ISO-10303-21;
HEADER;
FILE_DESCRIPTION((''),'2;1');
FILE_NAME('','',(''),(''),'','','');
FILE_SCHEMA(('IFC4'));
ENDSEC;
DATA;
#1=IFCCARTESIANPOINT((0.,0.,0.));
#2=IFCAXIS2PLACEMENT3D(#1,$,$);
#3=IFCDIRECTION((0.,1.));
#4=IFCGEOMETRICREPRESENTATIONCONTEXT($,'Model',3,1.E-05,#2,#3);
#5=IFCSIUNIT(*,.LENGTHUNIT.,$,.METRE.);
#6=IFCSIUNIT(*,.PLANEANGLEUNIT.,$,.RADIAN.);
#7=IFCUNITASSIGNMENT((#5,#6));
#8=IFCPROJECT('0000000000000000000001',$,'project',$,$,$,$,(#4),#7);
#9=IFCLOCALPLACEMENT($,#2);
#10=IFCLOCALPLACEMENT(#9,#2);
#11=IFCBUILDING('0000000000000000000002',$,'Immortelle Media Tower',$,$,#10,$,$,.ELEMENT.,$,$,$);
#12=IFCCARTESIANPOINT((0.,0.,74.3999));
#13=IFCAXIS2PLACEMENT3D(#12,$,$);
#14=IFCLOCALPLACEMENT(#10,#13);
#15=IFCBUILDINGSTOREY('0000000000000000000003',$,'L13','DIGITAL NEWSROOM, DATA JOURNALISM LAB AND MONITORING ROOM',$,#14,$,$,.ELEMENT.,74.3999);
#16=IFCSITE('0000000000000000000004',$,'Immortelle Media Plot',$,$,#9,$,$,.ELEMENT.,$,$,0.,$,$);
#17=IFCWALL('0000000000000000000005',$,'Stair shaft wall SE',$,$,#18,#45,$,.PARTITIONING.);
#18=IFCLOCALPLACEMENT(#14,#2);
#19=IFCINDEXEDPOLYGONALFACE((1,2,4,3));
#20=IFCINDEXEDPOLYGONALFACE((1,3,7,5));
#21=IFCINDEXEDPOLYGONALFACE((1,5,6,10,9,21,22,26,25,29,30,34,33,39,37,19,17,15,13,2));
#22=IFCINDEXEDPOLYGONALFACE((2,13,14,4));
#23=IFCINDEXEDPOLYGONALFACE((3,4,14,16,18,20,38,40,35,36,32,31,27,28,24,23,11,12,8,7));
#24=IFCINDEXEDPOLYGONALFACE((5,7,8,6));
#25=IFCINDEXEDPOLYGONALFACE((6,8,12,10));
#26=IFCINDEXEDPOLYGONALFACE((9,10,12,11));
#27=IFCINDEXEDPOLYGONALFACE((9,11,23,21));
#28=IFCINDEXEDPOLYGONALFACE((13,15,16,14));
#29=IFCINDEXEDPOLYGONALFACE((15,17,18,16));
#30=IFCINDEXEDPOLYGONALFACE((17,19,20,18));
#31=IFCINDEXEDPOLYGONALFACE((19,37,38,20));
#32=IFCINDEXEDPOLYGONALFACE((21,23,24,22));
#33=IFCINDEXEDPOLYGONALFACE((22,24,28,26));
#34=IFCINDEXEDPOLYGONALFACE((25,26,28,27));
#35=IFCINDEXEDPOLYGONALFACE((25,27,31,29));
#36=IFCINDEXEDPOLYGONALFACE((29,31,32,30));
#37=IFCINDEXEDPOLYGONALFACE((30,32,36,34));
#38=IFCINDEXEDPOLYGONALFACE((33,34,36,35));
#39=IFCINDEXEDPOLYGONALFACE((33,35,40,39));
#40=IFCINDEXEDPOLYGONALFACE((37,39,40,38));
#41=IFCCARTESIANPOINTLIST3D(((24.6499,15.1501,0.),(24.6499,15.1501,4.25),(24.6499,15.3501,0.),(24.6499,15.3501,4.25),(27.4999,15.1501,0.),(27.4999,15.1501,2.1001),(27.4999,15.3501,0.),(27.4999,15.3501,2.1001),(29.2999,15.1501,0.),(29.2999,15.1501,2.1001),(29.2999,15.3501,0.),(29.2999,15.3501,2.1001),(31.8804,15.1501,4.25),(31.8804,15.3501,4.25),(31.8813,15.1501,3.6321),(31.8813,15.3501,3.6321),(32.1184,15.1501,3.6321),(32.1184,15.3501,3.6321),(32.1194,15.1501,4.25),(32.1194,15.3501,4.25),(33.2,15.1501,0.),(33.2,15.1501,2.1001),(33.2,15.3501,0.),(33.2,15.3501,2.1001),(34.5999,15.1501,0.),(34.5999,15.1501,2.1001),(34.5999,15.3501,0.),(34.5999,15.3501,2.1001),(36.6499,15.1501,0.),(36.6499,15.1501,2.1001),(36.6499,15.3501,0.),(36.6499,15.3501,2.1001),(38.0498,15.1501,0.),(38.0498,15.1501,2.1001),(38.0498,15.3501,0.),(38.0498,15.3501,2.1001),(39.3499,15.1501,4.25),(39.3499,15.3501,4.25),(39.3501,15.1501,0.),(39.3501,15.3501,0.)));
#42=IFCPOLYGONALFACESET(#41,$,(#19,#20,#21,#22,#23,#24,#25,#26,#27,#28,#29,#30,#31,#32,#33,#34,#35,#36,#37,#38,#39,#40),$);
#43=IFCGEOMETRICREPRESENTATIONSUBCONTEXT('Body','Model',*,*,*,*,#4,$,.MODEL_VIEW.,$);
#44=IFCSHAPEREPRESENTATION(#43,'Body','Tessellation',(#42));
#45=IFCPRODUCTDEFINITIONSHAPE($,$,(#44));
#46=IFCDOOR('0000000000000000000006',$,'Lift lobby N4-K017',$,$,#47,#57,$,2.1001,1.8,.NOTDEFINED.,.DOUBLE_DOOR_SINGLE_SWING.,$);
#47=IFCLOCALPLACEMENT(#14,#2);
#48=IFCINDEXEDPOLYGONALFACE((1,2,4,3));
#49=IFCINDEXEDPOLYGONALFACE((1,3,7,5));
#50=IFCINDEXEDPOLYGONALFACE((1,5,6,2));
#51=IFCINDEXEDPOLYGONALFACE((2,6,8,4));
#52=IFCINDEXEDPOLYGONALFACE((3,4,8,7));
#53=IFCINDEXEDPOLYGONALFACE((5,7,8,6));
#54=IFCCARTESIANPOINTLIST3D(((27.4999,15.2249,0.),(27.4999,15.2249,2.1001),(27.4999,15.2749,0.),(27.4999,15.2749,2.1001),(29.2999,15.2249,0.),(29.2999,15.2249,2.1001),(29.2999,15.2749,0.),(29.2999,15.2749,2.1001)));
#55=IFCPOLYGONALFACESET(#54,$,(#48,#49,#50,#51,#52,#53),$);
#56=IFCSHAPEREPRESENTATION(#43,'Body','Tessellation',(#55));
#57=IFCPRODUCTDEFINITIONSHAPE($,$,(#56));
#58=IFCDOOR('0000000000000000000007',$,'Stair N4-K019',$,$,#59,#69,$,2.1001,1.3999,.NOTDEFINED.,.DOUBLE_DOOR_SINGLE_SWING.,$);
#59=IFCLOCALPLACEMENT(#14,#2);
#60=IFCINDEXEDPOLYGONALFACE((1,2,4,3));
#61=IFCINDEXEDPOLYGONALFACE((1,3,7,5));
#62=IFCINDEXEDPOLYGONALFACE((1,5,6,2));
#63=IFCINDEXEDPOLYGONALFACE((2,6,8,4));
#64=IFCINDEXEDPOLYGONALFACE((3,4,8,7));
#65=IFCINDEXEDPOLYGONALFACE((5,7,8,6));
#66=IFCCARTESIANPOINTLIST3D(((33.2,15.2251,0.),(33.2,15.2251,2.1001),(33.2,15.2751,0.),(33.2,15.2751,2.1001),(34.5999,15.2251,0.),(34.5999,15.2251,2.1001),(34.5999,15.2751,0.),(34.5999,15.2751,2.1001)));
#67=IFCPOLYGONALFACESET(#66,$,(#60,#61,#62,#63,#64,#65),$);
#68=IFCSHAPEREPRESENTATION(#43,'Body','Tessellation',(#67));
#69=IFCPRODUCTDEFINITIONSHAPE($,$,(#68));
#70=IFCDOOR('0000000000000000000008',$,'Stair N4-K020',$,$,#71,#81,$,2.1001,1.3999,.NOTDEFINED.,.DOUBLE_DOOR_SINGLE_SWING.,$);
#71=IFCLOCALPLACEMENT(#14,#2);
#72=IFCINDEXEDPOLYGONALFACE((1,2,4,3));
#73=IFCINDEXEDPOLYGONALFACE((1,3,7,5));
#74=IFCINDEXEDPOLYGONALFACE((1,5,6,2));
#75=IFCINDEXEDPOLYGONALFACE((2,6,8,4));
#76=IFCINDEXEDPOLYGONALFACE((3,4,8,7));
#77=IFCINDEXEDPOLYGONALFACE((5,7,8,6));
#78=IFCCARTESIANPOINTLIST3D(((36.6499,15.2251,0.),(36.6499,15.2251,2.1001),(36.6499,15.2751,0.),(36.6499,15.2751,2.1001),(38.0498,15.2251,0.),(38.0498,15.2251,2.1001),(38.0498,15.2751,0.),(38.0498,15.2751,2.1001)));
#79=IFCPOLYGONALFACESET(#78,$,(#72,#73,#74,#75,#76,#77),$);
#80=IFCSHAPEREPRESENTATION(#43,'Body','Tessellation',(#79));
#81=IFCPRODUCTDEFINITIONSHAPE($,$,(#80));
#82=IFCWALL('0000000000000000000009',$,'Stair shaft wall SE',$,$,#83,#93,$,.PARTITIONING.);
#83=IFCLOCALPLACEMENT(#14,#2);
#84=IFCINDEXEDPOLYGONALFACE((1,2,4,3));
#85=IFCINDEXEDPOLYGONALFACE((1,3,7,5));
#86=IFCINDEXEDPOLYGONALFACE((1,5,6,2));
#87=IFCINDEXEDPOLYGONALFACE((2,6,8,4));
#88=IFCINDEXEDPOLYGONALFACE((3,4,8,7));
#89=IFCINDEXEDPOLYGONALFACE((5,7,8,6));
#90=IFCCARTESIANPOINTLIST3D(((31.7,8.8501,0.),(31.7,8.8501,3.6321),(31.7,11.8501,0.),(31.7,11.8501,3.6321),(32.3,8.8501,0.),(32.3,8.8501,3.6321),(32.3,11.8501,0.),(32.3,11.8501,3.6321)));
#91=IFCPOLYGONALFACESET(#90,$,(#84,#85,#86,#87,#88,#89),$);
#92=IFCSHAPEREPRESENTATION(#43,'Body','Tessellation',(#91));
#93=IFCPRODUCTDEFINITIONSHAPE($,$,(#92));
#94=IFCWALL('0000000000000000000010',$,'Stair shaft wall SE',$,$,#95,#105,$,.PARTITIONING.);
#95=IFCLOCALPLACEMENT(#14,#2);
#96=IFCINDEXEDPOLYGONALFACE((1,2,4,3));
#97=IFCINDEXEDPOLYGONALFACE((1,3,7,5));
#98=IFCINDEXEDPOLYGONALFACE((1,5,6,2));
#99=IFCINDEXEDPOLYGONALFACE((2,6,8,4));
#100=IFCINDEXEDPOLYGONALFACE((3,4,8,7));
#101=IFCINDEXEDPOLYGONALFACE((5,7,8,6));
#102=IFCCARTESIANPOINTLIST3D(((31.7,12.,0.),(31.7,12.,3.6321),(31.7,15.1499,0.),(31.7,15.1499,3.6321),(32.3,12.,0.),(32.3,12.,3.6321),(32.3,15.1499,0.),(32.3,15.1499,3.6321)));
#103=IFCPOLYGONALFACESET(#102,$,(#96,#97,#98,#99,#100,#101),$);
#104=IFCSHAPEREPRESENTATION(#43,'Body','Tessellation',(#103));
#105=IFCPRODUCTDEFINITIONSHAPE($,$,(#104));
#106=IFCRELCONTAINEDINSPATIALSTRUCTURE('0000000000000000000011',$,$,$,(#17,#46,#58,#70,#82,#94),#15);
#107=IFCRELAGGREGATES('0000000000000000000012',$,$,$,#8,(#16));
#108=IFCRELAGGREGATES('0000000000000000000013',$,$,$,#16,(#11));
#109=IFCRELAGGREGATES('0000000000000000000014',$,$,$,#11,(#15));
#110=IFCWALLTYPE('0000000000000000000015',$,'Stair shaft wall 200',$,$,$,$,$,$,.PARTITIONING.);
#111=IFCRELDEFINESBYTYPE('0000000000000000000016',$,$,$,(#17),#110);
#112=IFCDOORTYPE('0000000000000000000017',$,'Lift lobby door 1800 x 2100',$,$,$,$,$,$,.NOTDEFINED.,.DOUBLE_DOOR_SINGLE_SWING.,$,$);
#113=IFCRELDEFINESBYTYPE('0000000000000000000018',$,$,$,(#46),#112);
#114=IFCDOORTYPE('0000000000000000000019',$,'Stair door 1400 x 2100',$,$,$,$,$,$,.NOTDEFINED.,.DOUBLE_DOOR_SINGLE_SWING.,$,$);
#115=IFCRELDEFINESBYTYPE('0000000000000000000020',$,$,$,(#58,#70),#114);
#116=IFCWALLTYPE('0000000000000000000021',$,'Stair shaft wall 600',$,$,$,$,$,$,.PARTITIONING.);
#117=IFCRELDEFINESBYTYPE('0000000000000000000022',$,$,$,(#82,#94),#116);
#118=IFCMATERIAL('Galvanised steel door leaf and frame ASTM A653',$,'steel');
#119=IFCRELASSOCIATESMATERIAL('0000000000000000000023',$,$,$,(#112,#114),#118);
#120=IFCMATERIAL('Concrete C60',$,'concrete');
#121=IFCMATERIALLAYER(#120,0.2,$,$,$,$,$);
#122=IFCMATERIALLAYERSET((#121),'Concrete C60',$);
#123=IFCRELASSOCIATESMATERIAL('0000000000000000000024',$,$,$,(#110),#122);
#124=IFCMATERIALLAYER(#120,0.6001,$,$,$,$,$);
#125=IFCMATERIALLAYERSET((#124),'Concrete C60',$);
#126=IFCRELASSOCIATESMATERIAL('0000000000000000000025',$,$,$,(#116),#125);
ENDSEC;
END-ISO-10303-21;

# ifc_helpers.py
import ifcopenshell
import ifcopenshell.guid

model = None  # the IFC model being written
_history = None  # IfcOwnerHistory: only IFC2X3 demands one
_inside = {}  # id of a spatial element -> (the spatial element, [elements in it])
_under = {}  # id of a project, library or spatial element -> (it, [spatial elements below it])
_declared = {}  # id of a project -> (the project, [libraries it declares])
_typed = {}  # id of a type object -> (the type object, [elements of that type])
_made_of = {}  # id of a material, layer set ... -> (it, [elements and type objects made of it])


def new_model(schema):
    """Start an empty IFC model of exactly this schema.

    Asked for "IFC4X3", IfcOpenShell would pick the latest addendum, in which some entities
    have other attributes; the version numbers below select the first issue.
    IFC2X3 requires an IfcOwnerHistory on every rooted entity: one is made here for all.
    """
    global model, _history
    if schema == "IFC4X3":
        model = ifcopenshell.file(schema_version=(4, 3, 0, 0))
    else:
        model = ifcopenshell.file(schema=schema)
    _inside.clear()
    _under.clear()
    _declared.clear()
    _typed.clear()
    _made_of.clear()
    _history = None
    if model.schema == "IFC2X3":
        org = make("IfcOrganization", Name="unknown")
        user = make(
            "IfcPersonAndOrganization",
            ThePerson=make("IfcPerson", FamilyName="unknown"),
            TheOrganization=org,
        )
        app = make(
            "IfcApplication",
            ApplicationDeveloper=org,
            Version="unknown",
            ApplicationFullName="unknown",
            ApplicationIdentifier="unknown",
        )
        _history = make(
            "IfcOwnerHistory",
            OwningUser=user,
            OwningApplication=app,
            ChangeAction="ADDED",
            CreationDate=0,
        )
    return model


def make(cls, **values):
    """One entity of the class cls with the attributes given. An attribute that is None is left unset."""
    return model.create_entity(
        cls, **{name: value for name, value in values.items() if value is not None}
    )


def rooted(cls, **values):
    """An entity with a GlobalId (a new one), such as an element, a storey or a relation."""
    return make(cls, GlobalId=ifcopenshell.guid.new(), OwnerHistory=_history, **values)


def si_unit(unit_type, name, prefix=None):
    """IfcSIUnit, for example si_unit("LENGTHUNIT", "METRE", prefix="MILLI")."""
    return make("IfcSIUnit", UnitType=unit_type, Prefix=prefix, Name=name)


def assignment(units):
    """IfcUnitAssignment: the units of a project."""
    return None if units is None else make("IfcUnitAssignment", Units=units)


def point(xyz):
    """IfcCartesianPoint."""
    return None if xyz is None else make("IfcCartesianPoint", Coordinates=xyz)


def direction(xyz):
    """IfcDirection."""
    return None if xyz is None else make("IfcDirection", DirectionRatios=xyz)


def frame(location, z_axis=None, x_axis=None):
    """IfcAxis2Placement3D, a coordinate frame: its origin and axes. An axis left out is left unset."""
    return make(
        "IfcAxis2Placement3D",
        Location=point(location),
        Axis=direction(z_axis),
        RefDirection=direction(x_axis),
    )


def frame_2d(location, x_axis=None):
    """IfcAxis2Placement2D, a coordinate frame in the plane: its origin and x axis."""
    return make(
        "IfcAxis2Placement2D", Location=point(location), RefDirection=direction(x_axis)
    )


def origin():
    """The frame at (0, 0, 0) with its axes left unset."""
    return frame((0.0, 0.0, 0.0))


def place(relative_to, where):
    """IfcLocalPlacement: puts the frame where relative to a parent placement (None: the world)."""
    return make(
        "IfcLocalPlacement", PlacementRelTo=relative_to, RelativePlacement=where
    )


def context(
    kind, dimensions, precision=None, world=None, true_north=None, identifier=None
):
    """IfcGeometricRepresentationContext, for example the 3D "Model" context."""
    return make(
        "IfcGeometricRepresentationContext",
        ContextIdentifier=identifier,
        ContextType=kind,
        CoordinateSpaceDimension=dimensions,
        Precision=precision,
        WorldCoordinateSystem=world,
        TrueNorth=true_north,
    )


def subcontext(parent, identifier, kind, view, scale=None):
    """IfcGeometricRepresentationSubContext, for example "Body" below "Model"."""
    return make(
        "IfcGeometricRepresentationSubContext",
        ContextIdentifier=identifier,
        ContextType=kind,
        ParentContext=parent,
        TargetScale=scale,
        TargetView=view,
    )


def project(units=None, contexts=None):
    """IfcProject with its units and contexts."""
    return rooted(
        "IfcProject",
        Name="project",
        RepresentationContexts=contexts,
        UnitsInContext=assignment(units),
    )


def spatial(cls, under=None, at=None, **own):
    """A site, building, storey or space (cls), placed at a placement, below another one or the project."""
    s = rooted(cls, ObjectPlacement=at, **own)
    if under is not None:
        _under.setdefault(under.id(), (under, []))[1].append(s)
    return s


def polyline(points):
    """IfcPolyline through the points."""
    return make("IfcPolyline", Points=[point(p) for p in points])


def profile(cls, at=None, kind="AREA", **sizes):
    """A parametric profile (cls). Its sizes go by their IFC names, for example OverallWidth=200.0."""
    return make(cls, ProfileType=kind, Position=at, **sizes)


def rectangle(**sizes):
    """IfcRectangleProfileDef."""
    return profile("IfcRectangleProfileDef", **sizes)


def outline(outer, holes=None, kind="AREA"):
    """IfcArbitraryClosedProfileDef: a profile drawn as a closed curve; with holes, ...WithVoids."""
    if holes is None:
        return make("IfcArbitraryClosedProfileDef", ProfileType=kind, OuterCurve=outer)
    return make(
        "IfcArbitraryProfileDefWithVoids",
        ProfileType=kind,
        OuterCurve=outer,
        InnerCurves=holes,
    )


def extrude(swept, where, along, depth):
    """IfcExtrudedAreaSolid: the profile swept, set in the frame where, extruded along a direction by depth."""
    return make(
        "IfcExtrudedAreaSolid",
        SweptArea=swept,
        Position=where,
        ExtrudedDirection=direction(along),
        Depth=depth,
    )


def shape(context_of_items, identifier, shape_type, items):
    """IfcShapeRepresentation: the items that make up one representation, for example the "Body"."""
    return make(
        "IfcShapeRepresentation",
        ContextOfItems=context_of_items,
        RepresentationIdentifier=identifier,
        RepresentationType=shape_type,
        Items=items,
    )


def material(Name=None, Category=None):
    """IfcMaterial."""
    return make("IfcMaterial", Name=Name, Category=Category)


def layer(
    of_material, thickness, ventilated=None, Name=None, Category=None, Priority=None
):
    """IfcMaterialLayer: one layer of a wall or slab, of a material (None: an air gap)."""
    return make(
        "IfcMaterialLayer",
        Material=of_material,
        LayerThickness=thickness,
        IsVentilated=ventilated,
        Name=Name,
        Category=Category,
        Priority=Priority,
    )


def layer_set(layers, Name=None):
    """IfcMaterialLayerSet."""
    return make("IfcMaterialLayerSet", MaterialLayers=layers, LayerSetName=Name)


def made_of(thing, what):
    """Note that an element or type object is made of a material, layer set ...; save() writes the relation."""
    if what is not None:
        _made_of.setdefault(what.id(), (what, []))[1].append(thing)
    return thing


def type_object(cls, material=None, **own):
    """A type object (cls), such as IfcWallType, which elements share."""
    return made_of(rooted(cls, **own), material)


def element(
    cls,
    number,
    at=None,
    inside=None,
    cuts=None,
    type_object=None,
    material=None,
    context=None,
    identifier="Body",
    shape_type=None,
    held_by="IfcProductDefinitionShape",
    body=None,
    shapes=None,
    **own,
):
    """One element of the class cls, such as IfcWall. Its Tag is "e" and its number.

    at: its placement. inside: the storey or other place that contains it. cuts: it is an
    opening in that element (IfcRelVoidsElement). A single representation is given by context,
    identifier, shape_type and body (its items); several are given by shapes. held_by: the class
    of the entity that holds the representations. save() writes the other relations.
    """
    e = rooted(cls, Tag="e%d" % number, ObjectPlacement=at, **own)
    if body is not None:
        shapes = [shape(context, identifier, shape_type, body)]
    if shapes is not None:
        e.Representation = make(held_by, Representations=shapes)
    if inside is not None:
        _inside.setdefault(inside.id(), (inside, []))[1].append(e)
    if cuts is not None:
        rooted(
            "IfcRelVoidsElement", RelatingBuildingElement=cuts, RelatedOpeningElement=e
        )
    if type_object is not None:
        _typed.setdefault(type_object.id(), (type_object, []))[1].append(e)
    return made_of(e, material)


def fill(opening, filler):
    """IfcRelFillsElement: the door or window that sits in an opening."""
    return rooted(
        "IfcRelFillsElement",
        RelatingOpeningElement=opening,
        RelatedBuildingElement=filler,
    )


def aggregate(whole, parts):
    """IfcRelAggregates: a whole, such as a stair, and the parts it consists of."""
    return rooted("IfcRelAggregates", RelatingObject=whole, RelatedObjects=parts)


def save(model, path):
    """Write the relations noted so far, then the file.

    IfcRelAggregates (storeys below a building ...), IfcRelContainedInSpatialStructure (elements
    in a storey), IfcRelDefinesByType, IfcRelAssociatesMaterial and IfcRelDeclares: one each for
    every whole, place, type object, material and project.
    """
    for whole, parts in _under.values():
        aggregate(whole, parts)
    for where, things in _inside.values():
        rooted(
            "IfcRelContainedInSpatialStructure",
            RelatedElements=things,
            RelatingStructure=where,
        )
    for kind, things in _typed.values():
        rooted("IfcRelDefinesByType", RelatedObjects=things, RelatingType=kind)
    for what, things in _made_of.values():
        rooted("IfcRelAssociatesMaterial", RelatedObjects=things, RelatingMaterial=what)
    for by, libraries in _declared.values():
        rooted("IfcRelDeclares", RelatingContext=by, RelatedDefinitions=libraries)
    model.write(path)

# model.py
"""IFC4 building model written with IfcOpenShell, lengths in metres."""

from ifc_helpers import new_model, si_unit, direction, frame, frame_2d, origin, place, context, subcontext, project, spatial, polyline, rectangle, outline, extrude, material, layer, layer_set, type_object, element, fill, save


model = new_model("IFC4")

# Units and contexts
model_context = context("Model", 3, precision=1e-05, world=origin(), true_north=direction((0.0, 1.0)))
body_context = subcontext(model_context, "Body", "Model", "MODEL_VIEW")
ifc_project = project(units=[si_unit("LENGTHUNIT", "METRE"), si_unit("PLANEANGLEUNIT", "RADIAN")], contexts=[model_context])

# Site, building, storey
site_placement = place(None, origin())
site = spatial("IfcSite", under=ifc_project, at=site_placement, Name="Immortelle Media Plot", CompositionType="ELEMENT", RefElevation=0.0)
building_placement = place(site_placement, origin())
building = spatial("IfcBuilding", under=site, at=building_placement, Name="Immortelle Media Tower", CompositionType="ELEMENT")
storey_placement = place(building_placement, frame((0.0, 0.0, 74.3999)))
storey = spatial("IfcBuildingStorey", under=building, at=storey_placement, Name="L13", Description="DIGITAL NEWSROOM, DATA JOURNALISM LAB AND MONITORING ROOM", CompositionType="ELEMENT", Elevation=74.3999)

# Shared definitions
ifc_material_1 = material(Name="Galvanised steel door leaf and frame ASTM A653", Category="steel")
door_type_1 = type_object("IfcDoorType", Name="Lift lobby door 1800 x 2100", OperationType="DOUBLE_DOOR_SINGLE_SWING", PredefinedType="NOTDEFINED", material=ifc_material_1)

# Shared definitions
ifc_material_2 = material(Name="Concrete C60", Category="concrete")
ifc_layer_1 = layer(ifc_material_2, 0.2)
ifc_layer_set_1 = layer_set([ifc_layer_1], Name="Concrete C60")
wall_type_1 = type_object("IfcWallType", Name="Stair shaft wall 200", PredefinedType="PARTITIONING", material=ifc_layer_set_1)

# Wall, openings, doors
wall_1_placement = place(storey_placement, frame((24.6499, 15.25, 0.0), z_axis=(0.0, 0.0, 1.0), x_axis=(1.0, 0.0, 0.0)))
wall_1 = element("IfcWall", 1, at=wall_1_placement, inside=storey, type_object=wall_type_1, Name="Stair shaft wall SE", PredefinedType="PARTITIONING", context=body_context, shape_type="SweptSolid", body=[
    extrude(outline(polyline([(0.0, 0.0), (14.7002, 0.0), (14.7, 4.25), (7.4695, 4.25), (7.4685, 3.6321), (7.2314, 3.6321), (7.2305, 4.25), (0.0, 4.25), (0.0, 0.0)])), frame((0.0, 0.1001, 0.0), z_axis=(0.0, -1.0, 0.0), x_axis=(1.0, 0.0, 0.0)), (0.0, 0.0, 1.0), 0.2),
])
opening_1_placement = place(wall_1_placement, frame((2.8501, 0.0, 0.0)))
opening_1 = element("IfcOpeningElement", 2, at=opening_1_placement, cuts=wall_1, PredefinedType="OPENING", context=body_context, shape_type="SweptSolid", body=[
    extrude(rectangle(XDim=1.8, YDim=2.1001, at=frame_2d((0.8999, 1.05))), frame((0.0, 0.1099, 0.0), z_axis=(0.0, -1.0, 0.0), x_axis=(1.0, 0.0, 0.0)), (0.0, 0.0, 1.0), 0.22),
])
opening_2_placement = place(wall_1_placement, frame((9.95, 0.0, 0.0), z_axis=(0.0, 0.0, 1.0), x_axis=(-1.0, 0.0, 0.0)))
opening_2 = element("IfcOpeningElement", 3, at=opening_2_placement, cuts=wall_1, PredefinedType="OPENING", context=body_context, shape_type="SweptSolid", body=[
    extrude(rectangle(XDim=1.3999, YDim=2.1001, at=frame_2d((0.7, 1.05))), frame((0.0, 0.1099, 0.0), z_axis=(0.0, -1.0, 0.0), x_axis=(1.0, 0.0, 0.0)), (0.0, 0.0, 1.0), 0.22),
])
opening_3_placement = place(wall_1_placement, frame((13.3999, 0.0, 0.0), z_axis=(0.0, 0.0, 1.0), x_axis=(-1.0, 0.0, 0.0)))
opening_3 = element("IfcOpeningElement", 4, at=opening_3_placement, cuts=wall_1, PredefinedType="OPENING", context=body_context, shape_type="SweptSolid", body=[
    extrude(rectangle(XDim=1.3999, YDim=2.1001, at=frame_2d((0.7, 1.05))), frame((0.0, 0.1099, 0.0), z_axis=(0.0, -1.0, 0.0), x_axis=(1.0, 0.0, 0.0)), (0.0, 0.0, 1.0), 0.22),
])
door_1_placement = place(opening_1_placement, origin())
door_1 = element("IfcDoor", 5, at=door_1_placement, inside=storey, type_object=door_type_1, Name="Lift lobby N4-K017", OperationType="DOUBLE_DOOR_SINGLE_SWING", OverallHeight=2.1001, OverallWidth=1.8, PredefinedType="NOTDEFINED", context=body_context, shape_type="SweptSolid", body=[
    extrude(rectangle(XDim=1.8, YDim=2.1001, at=frame_2d((0.8999, 1.05))), frame((0.0, 0.0249, 0.0), z_axis=(0.0, -1.0, 0.0), x_axis=(1.0, 0.0, 0.0)), (0.0, 0.0, 1.0), 0.05),
])
fill(opening_1, door_1)
door_type_2 = type_object("IfcDoorType", Name="Stair door 1400 x 2100", OperationType="DOUBLE_DOOR_SINGLE_SWING", PredefinedType="NOTDEFINED", material=ifc_material_1)
door_2_placement = place(opening_2_placement, origin())
door_2 = element("IfcDoor", 6, at=door_2_placement, inside=storey, type_object=door_type_2, Name="Stair N4-K019", OperationType="DOUBLE_DOOR_SINGLE_SWING", OverallHeight=2.1001, OverallWidth=1.3999, PredefinedType="NOTDEFINED", context=body_context, shape_type="SweptSolid", body=[
    extrude(rectangle(XDim=1.3999, YDim=2.1001, at=frame_2d((0.7, 1.05))), frame((0.0, 0.0249, 0.0), z_axis=(0.0, -1.0, 0.0), x_axis=(1.0, 0.0, 0.0)), (0.0, 0.0, 1.0), 0.05),
])
fill(opening_2, door_2)
door_3_placement = place(opening_3_placement, origin())
door_3 = element("IfcDoor", 7, at=door_3_placement, inside=storey, type_object=door_type_2, Name="Stair N4-K020", OperationType="DOUBLE_DOOR_SINGLE_SWING", OverallHeight=2.1001, OverallWidth=1.3999, PredefinedType="NOTDEFINED", context=body_context, shape_type="SweptSolid", body=[
    extrude(rectangle(XDim=1.3999, YDim=2.1001, at=frame_2d((0.7, 1.05))), frame((0.0, 0.0249, 0.0), z_axis=(0.0, -1.0, 0.0), x_axis=(1.0, 0.0, 0.0)), (0.0, 0.0, 1.0), 0.05),
])
fill(opening_3, door_3)

# Walls
ifc_layer_2 = layer(ifc_material_2, 0.6001)
ifc_layer_set_2 = layer_set([ifc_layer_2], Name="Concrete C60")
wall_type_2 = type_object("IfcWallType", Name="Stair shaft wall 600", PredefinedType="PARTITIONING", material=ifc_layer_set_2)
wall_2_placement = place(storey_placement, frame((32.0, 8.8501, 0.0), z_axis=(0.0, 0.0, 1.0), x_axis=(0.0, 1.0, 0.0)))
element("IfcWall", 8, at=wall_2_placement, inside=storey, type_object=wall_type_2, Name="Stair shaft wall SE", PredefinedType="PARTITIONING", context=body_context, shape_type="SweptSolid", body=[
    extrude(rectangle(XDim=3.0, YDim=0.6001, at=frame_2d((1.5, 0.0))), origin(), (0.0, 0.0, 1.0), 3.6321),
])
wall_3_placement = place(storey_placement, frame((32.0, 12.0, 0.0), z_axis=(0.0, 0.0, 1.0), x_axis=(0.0, 1.0, 0.0)))
element("IfcWall", 9, at=wall_3_placement, inside=storey, type_object=wall_type_2, Name="Stair shaft wall SE", PredefinedType="PARTITIONING", context=body_context, shape_type="SweptSolid", body=[
    extrude(rectangle(XDim=3.1499, YDim=0.6001, at=frame_2d((1.575, 0.0))), origin(), (0.0, 0.0, 1.0), 3.6321),
])

save(model, "model.ifc")
